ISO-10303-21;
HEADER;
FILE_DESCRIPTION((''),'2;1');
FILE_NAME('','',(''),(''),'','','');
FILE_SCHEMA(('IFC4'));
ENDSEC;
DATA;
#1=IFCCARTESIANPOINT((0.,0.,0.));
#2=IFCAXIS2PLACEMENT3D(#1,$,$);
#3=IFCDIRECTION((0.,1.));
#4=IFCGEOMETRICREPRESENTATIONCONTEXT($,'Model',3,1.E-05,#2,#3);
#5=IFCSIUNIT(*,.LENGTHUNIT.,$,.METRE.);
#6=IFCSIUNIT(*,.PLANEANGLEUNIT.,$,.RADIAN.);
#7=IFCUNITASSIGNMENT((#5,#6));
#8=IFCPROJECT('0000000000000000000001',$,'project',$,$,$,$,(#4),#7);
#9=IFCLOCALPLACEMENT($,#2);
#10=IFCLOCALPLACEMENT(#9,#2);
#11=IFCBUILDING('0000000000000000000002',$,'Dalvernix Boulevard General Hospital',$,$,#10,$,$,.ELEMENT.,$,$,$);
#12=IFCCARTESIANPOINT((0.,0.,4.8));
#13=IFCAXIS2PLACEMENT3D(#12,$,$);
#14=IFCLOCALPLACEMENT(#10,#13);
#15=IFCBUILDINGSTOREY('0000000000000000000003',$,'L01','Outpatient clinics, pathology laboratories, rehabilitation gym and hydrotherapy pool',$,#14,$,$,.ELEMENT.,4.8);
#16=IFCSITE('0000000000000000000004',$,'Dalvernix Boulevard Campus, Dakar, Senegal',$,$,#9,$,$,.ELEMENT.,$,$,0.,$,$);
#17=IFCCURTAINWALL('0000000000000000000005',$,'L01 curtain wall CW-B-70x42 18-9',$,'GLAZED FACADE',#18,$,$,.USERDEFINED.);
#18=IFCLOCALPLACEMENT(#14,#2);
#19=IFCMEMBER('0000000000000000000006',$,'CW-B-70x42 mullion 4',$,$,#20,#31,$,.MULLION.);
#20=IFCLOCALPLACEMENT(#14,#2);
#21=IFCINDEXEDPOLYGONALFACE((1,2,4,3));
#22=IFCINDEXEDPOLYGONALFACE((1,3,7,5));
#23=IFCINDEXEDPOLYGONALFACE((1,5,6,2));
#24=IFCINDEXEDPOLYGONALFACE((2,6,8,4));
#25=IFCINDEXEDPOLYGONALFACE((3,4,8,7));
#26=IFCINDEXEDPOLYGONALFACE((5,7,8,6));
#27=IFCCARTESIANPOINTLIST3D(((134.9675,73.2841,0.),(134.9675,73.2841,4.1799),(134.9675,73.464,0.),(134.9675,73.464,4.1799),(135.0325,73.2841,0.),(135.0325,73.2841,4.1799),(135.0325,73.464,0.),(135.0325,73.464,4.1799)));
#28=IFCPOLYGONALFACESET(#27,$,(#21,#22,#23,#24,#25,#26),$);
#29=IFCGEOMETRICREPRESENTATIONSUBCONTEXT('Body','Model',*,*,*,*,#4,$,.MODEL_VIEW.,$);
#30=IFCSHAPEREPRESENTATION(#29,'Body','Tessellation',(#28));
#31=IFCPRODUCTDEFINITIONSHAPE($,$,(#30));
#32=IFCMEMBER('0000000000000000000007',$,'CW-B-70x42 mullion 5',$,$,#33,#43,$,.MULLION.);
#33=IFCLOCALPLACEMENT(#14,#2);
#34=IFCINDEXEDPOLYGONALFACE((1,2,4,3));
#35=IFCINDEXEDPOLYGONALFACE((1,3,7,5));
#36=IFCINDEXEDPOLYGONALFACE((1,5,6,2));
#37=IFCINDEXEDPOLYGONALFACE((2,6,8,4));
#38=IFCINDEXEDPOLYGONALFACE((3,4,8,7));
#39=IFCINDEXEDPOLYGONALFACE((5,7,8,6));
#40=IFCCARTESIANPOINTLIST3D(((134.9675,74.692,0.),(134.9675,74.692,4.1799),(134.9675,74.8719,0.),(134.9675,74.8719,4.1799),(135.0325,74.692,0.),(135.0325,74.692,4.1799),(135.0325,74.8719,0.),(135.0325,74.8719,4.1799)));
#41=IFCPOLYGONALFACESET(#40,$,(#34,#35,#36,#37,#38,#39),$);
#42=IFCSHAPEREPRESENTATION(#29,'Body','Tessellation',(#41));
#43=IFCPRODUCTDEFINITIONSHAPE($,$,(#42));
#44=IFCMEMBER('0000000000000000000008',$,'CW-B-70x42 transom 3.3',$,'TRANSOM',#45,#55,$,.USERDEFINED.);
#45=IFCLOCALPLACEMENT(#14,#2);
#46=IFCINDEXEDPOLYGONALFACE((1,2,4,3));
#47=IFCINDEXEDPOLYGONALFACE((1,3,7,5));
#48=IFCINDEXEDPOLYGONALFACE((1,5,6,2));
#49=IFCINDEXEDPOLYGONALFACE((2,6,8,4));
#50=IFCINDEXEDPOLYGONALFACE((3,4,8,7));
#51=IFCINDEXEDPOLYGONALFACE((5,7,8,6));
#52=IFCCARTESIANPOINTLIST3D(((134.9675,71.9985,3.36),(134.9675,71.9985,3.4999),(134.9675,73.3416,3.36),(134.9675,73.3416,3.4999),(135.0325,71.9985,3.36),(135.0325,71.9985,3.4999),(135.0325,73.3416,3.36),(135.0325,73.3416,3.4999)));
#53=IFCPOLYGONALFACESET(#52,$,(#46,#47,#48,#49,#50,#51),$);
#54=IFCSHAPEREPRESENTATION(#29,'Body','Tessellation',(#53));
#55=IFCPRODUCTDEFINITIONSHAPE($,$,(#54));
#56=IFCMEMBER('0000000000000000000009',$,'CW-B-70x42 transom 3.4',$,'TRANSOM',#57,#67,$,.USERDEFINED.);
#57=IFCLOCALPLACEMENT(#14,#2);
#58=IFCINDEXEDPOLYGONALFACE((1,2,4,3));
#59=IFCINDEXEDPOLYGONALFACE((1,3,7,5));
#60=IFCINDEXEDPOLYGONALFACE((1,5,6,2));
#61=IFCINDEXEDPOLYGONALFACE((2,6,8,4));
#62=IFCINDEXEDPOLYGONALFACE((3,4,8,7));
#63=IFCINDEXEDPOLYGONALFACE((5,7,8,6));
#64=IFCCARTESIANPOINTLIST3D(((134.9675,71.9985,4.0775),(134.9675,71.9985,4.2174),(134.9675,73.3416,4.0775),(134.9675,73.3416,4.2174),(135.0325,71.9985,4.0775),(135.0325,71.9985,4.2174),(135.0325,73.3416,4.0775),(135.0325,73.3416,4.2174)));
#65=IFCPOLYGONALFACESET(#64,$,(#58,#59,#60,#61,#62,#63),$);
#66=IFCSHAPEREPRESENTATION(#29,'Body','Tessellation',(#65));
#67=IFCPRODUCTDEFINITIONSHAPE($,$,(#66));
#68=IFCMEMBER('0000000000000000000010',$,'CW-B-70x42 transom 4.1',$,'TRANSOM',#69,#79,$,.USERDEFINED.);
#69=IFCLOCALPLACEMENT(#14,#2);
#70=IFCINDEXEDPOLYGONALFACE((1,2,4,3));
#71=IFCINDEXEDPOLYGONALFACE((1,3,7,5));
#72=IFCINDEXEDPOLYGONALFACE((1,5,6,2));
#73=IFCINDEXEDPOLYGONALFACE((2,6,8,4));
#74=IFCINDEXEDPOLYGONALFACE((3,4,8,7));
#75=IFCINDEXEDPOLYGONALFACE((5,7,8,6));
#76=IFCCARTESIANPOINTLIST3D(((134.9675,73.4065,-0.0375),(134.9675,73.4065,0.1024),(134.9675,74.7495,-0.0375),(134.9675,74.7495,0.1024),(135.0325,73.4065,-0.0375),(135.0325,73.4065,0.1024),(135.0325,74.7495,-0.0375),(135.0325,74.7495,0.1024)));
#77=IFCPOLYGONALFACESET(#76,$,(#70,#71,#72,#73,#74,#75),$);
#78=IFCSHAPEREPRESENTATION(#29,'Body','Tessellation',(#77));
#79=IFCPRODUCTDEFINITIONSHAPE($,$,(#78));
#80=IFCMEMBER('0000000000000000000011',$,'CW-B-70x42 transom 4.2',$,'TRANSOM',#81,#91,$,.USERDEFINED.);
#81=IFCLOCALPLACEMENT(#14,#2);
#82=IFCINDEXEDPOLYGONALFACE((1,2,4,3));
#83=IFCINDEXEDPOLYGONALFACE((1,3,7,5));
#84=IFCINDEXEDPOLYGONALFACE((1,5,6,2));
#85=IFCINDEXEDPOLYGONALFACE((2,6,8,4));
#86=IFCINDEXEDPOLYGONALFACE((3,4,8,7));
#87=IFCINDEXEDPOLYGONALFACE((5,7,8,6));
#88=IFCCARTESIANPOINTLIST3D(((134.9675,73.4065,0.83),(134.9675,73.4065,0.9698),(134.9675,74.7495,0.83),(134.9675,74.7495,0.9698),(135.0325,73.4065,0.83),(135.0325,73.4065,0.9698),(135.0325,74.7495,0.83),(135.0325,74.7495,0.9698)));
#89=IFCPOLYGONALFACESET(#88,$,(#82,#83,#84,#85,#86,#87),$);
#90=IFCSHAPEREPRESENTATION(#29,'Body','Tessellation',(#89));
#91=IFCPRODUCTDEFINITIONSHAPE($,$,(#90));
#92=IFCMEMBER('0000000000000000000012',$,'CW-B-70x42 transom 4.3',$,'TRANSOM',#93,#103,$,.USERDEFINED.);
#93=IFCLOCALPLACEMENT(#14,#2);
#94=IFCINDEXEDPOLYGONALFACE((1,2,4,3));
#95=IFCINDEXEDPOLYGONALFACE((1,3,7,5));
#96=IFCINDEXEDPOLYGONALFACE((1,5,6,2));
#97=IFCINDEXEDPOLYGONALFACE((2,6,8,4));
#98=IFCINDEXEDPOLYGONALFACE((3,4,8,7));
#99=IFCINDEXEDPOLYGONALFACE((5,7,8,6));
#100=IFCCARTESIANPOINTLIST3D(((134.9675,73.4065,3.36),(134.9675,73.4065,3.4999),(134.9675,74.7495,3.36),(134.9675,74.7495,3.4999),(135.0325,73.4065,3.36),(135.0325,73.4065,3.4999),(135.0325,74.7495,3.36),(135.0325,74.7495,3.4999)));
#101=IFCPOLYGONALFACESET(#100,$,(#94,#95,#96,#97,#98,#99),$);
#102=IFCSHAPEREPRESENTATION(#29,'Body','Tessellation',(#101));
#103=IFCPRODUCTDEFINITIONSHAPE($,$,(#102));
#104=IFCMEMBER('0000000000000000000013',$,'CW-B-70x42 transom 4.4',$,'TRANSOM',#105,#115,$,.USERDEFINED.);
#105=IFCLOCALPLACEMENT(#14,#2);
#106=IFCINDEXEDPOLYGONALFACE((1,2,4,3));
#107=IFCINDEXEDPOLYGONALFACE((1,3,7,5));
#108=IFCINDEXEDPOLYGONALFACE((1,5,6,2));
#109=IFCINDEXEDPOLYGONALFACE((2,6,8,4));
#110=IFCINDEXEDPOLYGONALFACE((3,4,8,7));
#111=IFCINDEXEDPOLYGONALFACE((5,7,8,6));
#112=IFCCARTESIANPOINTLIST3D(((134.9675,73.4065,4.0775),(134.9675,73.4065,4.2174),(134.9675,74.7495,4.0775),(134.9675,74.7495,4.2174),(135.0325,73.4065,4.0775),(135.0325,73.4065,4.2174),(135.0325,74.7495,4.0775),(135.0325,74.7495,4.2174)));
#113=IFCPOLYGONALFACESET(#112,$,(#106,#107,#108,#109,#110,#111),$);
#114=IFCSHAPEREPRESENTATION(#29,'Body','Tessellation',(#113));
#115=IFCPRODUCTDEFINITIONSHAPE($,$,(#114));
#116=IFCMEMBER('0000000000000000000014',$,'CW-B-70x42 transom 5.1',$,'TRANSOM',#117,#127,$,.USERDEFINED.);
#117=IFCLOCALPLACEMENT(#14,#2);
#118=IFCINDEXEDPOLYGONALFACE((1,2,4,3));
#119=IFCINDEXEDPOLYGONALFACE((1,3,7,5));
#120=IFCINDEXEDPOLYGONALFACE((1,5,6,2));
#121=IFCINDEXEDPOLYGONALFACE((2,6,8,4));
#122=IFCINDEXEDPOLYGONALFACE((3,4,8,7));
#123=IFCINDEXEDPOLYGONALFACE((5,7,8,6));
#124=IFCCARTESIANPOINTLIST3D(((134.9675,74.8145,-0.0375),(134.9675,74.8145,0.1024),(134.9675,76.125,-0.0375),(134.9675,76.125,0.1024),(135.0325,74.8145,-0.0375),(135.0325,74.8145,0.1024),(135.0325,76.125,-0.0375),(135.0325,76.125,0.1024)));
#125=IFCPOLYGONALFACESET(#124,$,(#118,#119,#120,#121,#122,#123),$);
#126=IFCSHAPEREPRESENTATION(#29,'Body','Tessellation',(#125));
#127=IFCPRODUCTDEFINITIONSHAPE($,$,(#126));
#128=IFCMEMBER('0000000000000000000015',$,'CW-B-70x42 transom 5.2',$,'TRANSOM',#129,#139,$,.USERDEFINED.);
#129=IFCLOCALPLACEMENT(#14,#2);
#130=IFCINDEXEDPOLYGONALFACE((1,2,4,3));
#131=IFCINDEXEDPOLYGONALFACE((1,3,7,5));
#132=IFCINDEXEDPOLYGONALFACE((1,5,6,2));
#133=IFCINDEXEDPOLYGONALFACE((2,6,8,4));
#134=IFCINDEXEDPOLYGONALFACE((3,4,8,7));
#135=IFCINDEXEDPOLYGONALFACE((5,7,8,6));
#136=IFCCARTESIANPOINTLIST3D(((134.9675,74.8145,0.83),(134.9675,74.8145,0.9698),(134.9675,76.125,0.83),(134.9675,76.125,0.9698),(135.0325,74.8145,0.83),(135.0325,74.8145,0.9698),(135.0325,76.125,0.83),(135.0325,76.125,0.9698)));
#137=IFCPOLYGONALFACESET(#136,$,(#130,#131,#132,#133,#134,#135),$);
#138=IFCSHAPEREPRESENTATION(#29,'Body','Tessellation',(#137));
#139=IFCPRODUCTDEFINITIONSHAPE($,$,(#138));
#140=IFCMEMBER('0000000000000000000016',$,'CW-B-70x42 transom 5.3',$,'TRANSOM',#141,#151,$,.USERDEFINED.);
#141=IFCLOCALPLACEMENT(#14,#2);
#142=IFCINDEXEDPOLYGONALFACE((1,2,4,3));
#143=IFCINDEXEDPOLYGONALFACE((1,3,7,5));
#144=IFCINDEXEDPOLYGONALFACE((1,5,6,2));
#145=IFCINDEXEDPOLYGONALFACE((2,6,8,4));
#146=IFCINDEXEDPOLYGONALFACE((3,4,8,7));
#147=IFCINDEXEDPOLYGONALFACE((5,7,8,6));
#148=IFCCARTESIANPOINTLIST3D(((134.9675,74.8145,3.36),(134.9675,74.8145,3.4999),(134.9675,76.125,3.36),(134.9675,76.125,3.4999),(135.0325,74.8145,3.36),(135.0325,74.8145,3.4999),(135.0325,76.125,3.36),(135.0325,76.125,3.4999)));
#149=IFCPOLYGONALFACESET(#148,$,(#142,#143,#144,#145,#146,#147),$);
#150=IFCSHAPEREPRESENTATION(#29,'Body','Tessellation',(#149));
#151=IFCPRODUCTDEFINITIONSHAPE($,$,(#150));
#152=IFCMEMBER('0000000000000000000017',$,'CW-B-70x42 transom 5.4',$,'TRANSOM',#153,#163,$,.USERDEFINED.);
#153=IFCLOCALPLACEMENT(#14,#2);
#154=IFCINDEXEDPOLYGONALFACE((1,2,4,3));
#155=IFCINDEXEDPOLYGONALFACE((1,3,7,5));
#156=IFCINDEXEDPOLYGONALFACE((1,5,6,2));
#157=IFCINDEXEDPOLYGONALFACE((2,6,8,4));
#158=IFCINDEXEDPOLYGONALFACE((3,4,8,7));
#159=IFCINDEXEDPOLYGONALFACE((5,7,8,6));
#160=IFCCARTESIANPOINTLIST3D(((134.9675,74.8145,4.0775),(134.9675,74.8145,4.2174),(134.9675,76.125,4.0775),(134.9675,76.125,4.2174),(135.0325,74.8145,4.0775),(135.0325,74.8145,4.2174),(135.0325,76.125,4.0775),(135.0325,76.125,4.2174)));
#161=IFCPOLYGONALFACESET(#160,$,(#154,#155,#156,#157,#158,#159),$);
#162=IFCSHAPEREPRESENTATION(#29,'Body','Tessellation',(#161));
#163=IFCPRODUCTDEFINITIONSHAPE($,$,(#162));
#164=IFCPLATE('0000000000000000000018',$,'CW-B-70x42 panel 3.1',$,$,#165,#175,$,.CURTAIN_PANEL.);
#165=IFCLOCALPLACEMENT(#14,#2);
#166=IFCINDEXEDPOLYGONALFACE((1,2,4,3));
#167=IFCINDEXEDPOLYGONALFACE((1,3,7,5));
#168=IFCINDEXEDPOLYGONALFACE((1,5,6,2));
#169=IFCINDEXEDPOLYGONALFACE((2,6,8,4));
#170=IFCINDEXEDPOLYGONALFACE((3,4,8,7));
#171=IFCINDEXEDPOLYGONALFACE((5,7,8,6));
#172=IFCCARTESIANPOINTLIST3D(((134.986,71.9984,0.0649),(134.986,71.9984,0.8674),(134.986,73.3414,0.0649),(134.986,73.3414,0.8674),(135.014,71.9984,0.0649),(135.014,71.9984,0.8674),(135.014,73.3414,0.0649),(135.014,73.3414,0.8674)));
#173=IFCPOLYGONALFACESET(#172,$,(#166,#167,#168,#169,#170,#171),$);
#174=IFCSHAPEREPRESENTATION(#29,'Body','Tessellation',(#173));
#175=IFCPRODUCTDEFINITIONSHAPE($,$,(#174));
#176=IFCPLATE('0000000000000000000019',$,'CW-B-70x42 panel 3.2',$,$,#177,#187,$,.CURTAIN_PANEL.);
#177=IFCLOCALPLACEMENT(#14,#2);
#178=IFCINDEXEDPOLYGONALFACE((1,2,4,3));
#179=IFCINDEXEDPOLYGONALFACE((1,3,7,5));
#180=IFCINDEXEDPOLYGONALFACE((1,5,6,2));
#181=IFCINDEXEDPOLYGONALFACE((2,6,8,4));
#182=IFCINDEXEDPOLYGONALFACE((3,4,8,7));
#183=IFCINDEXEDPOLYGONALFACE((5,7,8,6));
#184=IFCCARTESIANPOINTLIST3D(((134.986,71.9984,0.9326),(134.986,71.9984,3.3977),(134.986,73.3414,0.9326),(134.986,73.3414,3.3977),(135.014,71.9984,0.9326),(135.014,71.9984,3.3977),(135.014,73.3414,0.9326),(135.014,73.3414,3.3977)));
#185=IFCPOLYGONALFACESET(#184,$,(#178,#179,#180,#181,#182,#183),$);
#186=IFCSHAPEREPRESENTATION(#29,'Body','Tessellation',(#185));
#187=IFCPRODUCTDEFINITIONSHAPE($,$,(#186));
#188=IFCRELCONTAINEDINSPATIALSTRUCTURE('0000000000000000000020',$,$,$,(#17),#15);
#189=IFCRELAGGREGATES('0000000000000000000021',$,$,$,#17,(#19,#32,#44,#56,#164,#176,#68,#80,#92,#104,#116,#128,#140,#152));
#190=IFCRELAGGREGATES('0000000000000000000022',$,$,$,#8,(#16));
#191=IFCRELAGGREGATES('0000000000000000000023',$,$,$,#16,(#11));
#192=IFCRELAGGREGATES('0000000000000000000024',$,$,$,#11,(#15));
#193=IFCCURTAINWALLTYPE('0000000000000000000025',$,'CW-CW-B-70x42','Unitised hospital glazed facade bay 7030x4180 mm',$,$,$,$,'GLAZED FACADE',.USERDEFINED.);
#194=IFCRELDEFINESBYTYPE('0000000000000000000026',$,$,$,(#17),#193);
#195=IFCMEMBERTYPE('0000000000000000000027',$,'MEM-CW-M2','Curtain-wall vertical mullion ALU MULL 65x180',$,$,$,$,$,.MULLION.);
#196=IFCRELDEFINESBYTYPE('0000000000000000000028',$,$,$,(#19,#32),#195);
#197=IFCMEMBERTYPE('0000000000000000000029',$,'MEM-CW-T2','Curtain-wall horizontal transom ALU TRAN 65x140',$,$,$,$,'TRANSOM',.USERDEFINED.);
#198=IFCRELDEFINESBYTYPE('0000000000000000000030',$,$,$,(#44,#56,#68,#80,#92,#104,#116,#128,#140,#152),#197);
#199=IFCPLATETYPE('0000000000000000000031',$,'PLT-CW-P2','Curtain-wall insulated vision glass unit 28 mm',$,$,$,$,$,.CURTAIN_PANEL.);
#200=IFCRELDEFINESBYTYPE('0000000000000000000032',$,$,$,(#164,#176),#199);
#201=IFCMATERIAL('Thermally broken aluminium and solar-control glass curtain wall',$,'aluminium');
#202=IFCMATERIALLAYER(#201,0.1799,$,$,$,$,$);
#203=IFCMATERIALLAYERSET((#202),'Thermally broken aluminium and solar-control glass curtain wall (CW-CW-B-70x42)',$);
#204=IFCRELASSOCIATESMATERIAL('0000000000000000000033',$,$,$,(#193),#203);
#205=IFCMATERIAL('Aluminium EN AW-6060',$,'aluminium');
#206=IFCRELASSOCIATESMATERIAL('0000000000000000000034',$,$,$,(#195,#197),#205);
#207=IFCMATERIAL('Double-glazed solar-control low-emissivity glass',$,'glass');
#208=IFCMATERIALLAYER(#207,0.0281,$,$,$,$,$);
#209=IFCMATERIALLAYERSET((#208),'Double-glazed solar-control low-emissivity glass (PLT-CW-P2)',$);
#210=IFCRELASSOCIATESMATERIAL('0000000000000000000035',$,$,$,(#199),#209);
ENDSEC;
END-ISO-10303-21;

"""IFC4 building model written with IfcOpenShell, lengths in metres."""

from ifc_helpers import new_model, si_unit, direction, frame, origin, origin_2d, place, context, subcontext, project, spatial, rectangle, extrude, material, layer, layer_set, material_profile, profile_set, type_object, element, aggregate, save


model = new_model("IFC4")

# Units and contexts
model_context = context("Model", 3, precision=1e-05, world=origin(), true_north=direction((0.0, 1.0)))
body_context = subcontext(model_context, "Body", "Model", "MODEL_VIEW")
ifc_project = project(units=[si_unit("LENGTHUNIT", "METRE"), si_unit("PLANEANGLEUNIT", "RADIAN")], contexts=[model_context])

# Site, building, storey
site_placement = place(None, origin())
site = spatial("IfcSite", under=ifc_project, at=site_placement, Name="Dalvernix Boulevard Campus, Dakar, Senegal", CompositionType="ELEMENT", RefElevation=0.0)
building_placement = place(site_placement, origin())
building = spatial("IfcBuilding", under=site, at=building_placement, Name="Dalvernix Boulevard General Hospital", CompositionType="ELEMENT")
storey_placement = place(building_placement, frame((0.0, 0.0, 4.8)))
storey = spatial("IfcBuildingStorey", under=building, at=storey_placement, Name="L01", Description="Outpatient clinics, pathology laboratories, rehabilitation gym and hydrotherapy pool", CompositionType="ELEMENT", Elevation=4.8)

# Curtain wall, members, plates
ifc_material_1 = material(Name="Thermally broken aluminium and solar-control glass curtain wall", Category="aluminium")
ifc_layer_1 = layer(ifc_material_1, 0.1799)
ifc_layer_set_1 = layer_set([ifc_layer_1], Name="Thermally broken aluminium and solar-control glass curtain wall (CW-CW-B-70x42)")
curtain_wall_type = type_object("IfcCurtainWallType", Name="CW-CW-B-70x42", Description="Unitised hospital glazed facade bay 7030x4180 mm", ElementType="GLAZED FACADE", PredefinedType="USERDEFINED", material=ifc_layer_set_1)
curtain_wall_placement = place(storey_placement, origin())
curtain_wall = element("IfcCurtainWall", 1, at=curtain_wall_placement, inside=storey, type_object=curtain_wall_type, Name="L01 curtain wall CW-B-70x42 18-9", ObjectType="GLAZED FACADE", PredefinedType="USERDEFINED")
ifc_material_2 = material(Name="Aluminium EN AW-6060", Category="aluminium")
ifc_material_profile_1 = material_profile(ifc_material_2, rectangle(XDim=0.0649, YDim=0.1799, at=origin_2d()), Name="ALU MULL 65x180")
ifc_profile_set_1 = profile_set([ifc_material_profile_1], Name="Aluminium EN AW-6060")
member_type_1 = type_object("IfcMemberType", Name="MEM-CW-M2", Description="Curtain-wall vertical mullion ALU MULL 65x180", PredefinedType="MULLION", material=ifc_profile_set_1)
member_1_placement = place(storey_placement, frame((135.0, 73.374, 0.0), z_axis=(0.0, 0.0, 1.0), x_axis=(-1.0, 0.0, 0.0)))
member_1 = element("IfcMember", 2, at=member_1_placement, type_object=member_type_1, Name="CW-B-70x42 mullion 4", PredefinedType="MULLION", context=body_context, shape_type="SweptSolid", body=[
    extrude(rectangle(XDim=0.0649, YDim=0.1799, at=origin_2d()), origin(), (0.0, 0.0, 1.0), 4.1799),
])
member_2_placement = place(storey_placement, frame((135.0, 74.782, 0.0), z_axis=(0.0, 0.0, 1.0), x_axis=(-1.0, 0.0, 0.0)))
member_2 = element("IfcMember", 3, at=member_2_placement, type_object=member_type_1, Name="CW-B-70x42 mullion 5", PredefinedType="MULLION", context=body_context, shape_type="SweptSolid", body=[
    extrude(rectangle(XDim=0.0649, YDim=0.1799, at=origin_2d()), origin(), (0.0, 0.0, 1.0), 4.1799),
])
ifc_material_profile_2 = material_profile(ifc_material_2, rectangle(XDim=0.0649, YDim=0.1399, at=origin_2d()), Name="ALU TRAN 65x140")
ifc_profile_set_2 = profile_set([ifc_material_profile_2], Name="Aluminium EN AW-6060")
member_type_2 = type_object("IfcMemberType", Name="MEM-CW-T2", Description="Curtain-wall horizontal transom ALU TRAN 65x140", ElementType="TRANSOM", PredefinedType="USERDEFINED", material=ifc_profile_set_2)
member_3_placement = place(storey_placement, frame((135.0, 71.9985, 3.4299), z_axis=(0.0, 1.0, 0.0), x_axis=(-1.0, 0.0, 0.0)))
member_3 = element("IfcMember", 4, at=member_3_placement, type_object=member_type_2, Name="CW-B-70x42 transom 3.3", ObjectType="TRANSOM", PredefinedType="USERDEFINED", context=body_context, shape_type="SweptSolid", body=[
    extrude(rectangle(XDim=0.0649, YDim=0.1399, at=origin_2d()), origin(), (0.0, 0.0, 1.0), 1.343),
])
member_4_placement = place(storey_placement, frame((135.0, 71.9985, 4.1475), z_axis=(0.0, 1.0, 0.0), x_axis=(-1.0, 0.0, 0.0)))
member_4 = element("IfcMember", 5, at=member_4_placement, type_object=member_type_2, Name="CW-B-70x42 transom 3.4", ObjectType="TRANSOM", PredefinedType="USERDEFINED", context=body_context, shape_type="SweptSolid", body=[
    extrude(rectangle(XDim=0.0649, YDim=0.1399, at=origin_2d()), origin(), (0.0, 0.0, 1.0), 1.343),
])
member_5_placement = place(storey_placement, frame((135.0, 73.4065, 0.0325), z_axis=(0.0, 1.0, 0.0), x_axis=(-1.0, 0.0, 0.0)))
member_5 = element("IfcMember", 6, at=member_5_placement, type_object=member_type_2, Name="CW-B-70x42 transom 4.1", ObjectType="TRANSOM", PredefinedType="USERDEFINED", context=body_context, shape_type="SweptSolid", body=[
    extrude(rectangle(XDim=0.0649, YDim=0.1399, at=origin_2d()), origin(), (0.0, 0.0, 1.0), 1.343),
])
member_6_placement = place(storey_placement, frame((135.0, 73.4065, 0.8999), z_axis=(0.0, 1.0, 0.0), x_axis=(-1.0, 0.0, 0.0)))
member_6 = element("IfcMember", 7, at=member_6_placement, type_object=member_type_2, Name="CW-B-70x42 transom 4.2", ObjectType="TRANSOM", PredefinedType="USERDEFINED", context=body_context, shape_type="SweptSolid", body=[
    extrude(rectangle(XDim=0.0649, YDim=0.1399, at=origin_2d()), origin(), (0.0, 0.0, 1.0), 1.343),
])
member_7_placement = place(storey_placement, frame((135.0, 73.4065, 3.4299), z_axis=(0.0, 1.0, 0.0), x_axis=(-1.0, 0.0, 0.0)))
member_7 = element("IfcMember", 8, at=member_7_placement, type_object=member_type_2, Name="CW-B-70x42 transom 4.3", ObjectType="TRANSOM", PredefinedType="USERDEFINED", context=body_context, shape_type="SweptSolid", body=[
    extrude(rectangle(XDim=0.0649, YDim=0.1399, at=origin_2d()), origin(), (0.0, 0.0, 1.0), 1.343),
])
member_8_placement = place(storey_placement, frame((135.0, 73.4065, 4.1475), z_axis=(0.0, 1.0, 0.0), x_axis=(-1.0, 0.0, 0.0)))
member_8 = element("IfcMember", 9, at=member_8_placement, type_object=member_type_2, Name="CW-B-70x42 transom 4.4", ObjectType="TRANSOM", PredefinedType="USERDEFINED", context=body_context, shape_type="SweptSolid", body=[
    extrude(rectangle(XDim=0.0649, YDim=0.1399, at=origin_2d()), origin(), (0.0, 0.0, 1.0), 1.343),
])
member_9_placement = place(storey_placement, frame((135.0, 74.8145, 0.0325), z_axis=(0.0, 1.0, 0.0), x_axis=(-1.0, 0.0, 0.0)))
member_9 = element("IfcMember", 10, at=member_9_placement, type_object=member_type_2, Name="CW-B-70x42 transom 5.1", ObjectType="TRANSOM", PredefinedType="USERDEFINED", context=body_context, shape_type="SweptSolid", body=[
    extrude(rectangle(XDim=0.0649, YDim=0.1399, at=origin_2d()), origin(), (0.0, 0.0, 1.0), 1.3105),
])
member_10_placement = place(storey_placement, frame((135.0, 74.8145, 0.8999), z_axis=(0.0, 1.0, 0.0), x_axis=(-1.0, 0.0, 0.0)))
member_10 = element("IfcMember", 11, at=member_10_placement, type_object=member_type_2, Name="CW-B-70x42 transom 5.2", ObjectType="TRANSOM", PredefinedType="USERDEFINED", context=body_context, shape_type="SweptSolid", body=[
    extrude(rectangle(XDim=0.0649, YDim=0.1399, at=origin_2d()), origin(), (0.0, 0.0, 1.0), 1.3105),
])
member_11_placement = place(storey_placement, frame((135.0, 74.8145, 3.4299), z_axis=(0.0, 1.0, 0.0), x_axis=(-1.0, 0.0, 0.0)))
member_11 = element("IfcMember", 12, at=member_11_placement, type_object=member_type_2, Name="CW-B-70x42 transom 5.3", ObjectType="TRANSOM", PredefinedType="USERDEFINED", context=body_context, shape_type="SweptSolid", body=[
    extrude(rectangle(XDim=0.0649, YDim=0.1399, at=origin_2d()), origin(), (0.0, 0.0, 1.0), 1.3105),
])
member_12_placement = place(storey_placement, frame((135.0, 74.8145, 4.1475), z_axis=(0.0, 1.0, 0.0), x_axis=(-1.0, 0.0, 0.0)))
member_12 = element("IfcMember", 13, at=member_12_placement, type_object=member_type_2, Name="CW-B-70x42 transom 5.4", ObjectType="TRANSOM", PredefinedType="USERDEFINED", context=body_context, shape_type="SweptSolid", body=[
    extrude(rectangle(XDim=0.0649, YDim=0.1399, at=origin_2d()), origin(), (0.0, 0.0, 1.0), 1.3105),
])
ifc_material_3 = material(Name="Double-glazed solar-control low-emissivity glass", Category="glass")
ifc_layer_2 = layer(ifc_material_3, 0.0281)
ifc_layer_set_2 = layer_set([ifc_layer_2], Name="Double-glazed solar-control low-emissivity glass (PLT-CW-P2)")
plate_type = type_object("IfcPlateType", Name="PLT-CW-P2", Description="Curtain-wall insulated vision glass unit 28 mm", PredefinedType="CURTAIN_PANEL", material=ifc_layer_set_2)
plate_1_placement = place(storey_placement, frame((135.0, 72.6699, 0.0649), z_axis=(0.0, 0.0, 1.0), x_axis=(0.0, 1.0, 0.0)))
plate_1 = element("IfcPlate", 14, at=plate_1_placement, type_object=plate_type, Name="CW-B-70x42 panel 3.1", PredefinedType="CURTAIN_PANEL", context=body_context, shape_type="SweptSolid", body=[
    extrude(rectangle(XDim=1.343, YDim=0.0281, at=origin_2d()), origin(), (0.0, 0.0, 1.0), 0.8025),
])
plate_2_placement = place(storey_placement, frame((135.0, 72.6699, 0.9326), z_axis=(0.0, 0.0, 1.0), x_axis=(0.0, 1.0, 0.0)))
plate_2 = element("IfcPlate", 15, at=plate_2_placement, type_object=plate_type, Name="CW-B-70x42 panel 3.2", PredefinedType="CURTAIN_PANEL", context=body_context, shape_type="SweptSolid", body=[
    extrude(rectangle(XDim=1.343, YDim=0.0281, at=origin_2d()), origin(), (0.0, 0.0, 1.0), 2.4651),
])
aggregate(curtain_wall, [member_1, member_2, member_3, member_4, plate_1, plate_2, member_5, member_6, member_7, member_8, member_9, member_10, member_11, member_12])

save(model, "model.ifc")
